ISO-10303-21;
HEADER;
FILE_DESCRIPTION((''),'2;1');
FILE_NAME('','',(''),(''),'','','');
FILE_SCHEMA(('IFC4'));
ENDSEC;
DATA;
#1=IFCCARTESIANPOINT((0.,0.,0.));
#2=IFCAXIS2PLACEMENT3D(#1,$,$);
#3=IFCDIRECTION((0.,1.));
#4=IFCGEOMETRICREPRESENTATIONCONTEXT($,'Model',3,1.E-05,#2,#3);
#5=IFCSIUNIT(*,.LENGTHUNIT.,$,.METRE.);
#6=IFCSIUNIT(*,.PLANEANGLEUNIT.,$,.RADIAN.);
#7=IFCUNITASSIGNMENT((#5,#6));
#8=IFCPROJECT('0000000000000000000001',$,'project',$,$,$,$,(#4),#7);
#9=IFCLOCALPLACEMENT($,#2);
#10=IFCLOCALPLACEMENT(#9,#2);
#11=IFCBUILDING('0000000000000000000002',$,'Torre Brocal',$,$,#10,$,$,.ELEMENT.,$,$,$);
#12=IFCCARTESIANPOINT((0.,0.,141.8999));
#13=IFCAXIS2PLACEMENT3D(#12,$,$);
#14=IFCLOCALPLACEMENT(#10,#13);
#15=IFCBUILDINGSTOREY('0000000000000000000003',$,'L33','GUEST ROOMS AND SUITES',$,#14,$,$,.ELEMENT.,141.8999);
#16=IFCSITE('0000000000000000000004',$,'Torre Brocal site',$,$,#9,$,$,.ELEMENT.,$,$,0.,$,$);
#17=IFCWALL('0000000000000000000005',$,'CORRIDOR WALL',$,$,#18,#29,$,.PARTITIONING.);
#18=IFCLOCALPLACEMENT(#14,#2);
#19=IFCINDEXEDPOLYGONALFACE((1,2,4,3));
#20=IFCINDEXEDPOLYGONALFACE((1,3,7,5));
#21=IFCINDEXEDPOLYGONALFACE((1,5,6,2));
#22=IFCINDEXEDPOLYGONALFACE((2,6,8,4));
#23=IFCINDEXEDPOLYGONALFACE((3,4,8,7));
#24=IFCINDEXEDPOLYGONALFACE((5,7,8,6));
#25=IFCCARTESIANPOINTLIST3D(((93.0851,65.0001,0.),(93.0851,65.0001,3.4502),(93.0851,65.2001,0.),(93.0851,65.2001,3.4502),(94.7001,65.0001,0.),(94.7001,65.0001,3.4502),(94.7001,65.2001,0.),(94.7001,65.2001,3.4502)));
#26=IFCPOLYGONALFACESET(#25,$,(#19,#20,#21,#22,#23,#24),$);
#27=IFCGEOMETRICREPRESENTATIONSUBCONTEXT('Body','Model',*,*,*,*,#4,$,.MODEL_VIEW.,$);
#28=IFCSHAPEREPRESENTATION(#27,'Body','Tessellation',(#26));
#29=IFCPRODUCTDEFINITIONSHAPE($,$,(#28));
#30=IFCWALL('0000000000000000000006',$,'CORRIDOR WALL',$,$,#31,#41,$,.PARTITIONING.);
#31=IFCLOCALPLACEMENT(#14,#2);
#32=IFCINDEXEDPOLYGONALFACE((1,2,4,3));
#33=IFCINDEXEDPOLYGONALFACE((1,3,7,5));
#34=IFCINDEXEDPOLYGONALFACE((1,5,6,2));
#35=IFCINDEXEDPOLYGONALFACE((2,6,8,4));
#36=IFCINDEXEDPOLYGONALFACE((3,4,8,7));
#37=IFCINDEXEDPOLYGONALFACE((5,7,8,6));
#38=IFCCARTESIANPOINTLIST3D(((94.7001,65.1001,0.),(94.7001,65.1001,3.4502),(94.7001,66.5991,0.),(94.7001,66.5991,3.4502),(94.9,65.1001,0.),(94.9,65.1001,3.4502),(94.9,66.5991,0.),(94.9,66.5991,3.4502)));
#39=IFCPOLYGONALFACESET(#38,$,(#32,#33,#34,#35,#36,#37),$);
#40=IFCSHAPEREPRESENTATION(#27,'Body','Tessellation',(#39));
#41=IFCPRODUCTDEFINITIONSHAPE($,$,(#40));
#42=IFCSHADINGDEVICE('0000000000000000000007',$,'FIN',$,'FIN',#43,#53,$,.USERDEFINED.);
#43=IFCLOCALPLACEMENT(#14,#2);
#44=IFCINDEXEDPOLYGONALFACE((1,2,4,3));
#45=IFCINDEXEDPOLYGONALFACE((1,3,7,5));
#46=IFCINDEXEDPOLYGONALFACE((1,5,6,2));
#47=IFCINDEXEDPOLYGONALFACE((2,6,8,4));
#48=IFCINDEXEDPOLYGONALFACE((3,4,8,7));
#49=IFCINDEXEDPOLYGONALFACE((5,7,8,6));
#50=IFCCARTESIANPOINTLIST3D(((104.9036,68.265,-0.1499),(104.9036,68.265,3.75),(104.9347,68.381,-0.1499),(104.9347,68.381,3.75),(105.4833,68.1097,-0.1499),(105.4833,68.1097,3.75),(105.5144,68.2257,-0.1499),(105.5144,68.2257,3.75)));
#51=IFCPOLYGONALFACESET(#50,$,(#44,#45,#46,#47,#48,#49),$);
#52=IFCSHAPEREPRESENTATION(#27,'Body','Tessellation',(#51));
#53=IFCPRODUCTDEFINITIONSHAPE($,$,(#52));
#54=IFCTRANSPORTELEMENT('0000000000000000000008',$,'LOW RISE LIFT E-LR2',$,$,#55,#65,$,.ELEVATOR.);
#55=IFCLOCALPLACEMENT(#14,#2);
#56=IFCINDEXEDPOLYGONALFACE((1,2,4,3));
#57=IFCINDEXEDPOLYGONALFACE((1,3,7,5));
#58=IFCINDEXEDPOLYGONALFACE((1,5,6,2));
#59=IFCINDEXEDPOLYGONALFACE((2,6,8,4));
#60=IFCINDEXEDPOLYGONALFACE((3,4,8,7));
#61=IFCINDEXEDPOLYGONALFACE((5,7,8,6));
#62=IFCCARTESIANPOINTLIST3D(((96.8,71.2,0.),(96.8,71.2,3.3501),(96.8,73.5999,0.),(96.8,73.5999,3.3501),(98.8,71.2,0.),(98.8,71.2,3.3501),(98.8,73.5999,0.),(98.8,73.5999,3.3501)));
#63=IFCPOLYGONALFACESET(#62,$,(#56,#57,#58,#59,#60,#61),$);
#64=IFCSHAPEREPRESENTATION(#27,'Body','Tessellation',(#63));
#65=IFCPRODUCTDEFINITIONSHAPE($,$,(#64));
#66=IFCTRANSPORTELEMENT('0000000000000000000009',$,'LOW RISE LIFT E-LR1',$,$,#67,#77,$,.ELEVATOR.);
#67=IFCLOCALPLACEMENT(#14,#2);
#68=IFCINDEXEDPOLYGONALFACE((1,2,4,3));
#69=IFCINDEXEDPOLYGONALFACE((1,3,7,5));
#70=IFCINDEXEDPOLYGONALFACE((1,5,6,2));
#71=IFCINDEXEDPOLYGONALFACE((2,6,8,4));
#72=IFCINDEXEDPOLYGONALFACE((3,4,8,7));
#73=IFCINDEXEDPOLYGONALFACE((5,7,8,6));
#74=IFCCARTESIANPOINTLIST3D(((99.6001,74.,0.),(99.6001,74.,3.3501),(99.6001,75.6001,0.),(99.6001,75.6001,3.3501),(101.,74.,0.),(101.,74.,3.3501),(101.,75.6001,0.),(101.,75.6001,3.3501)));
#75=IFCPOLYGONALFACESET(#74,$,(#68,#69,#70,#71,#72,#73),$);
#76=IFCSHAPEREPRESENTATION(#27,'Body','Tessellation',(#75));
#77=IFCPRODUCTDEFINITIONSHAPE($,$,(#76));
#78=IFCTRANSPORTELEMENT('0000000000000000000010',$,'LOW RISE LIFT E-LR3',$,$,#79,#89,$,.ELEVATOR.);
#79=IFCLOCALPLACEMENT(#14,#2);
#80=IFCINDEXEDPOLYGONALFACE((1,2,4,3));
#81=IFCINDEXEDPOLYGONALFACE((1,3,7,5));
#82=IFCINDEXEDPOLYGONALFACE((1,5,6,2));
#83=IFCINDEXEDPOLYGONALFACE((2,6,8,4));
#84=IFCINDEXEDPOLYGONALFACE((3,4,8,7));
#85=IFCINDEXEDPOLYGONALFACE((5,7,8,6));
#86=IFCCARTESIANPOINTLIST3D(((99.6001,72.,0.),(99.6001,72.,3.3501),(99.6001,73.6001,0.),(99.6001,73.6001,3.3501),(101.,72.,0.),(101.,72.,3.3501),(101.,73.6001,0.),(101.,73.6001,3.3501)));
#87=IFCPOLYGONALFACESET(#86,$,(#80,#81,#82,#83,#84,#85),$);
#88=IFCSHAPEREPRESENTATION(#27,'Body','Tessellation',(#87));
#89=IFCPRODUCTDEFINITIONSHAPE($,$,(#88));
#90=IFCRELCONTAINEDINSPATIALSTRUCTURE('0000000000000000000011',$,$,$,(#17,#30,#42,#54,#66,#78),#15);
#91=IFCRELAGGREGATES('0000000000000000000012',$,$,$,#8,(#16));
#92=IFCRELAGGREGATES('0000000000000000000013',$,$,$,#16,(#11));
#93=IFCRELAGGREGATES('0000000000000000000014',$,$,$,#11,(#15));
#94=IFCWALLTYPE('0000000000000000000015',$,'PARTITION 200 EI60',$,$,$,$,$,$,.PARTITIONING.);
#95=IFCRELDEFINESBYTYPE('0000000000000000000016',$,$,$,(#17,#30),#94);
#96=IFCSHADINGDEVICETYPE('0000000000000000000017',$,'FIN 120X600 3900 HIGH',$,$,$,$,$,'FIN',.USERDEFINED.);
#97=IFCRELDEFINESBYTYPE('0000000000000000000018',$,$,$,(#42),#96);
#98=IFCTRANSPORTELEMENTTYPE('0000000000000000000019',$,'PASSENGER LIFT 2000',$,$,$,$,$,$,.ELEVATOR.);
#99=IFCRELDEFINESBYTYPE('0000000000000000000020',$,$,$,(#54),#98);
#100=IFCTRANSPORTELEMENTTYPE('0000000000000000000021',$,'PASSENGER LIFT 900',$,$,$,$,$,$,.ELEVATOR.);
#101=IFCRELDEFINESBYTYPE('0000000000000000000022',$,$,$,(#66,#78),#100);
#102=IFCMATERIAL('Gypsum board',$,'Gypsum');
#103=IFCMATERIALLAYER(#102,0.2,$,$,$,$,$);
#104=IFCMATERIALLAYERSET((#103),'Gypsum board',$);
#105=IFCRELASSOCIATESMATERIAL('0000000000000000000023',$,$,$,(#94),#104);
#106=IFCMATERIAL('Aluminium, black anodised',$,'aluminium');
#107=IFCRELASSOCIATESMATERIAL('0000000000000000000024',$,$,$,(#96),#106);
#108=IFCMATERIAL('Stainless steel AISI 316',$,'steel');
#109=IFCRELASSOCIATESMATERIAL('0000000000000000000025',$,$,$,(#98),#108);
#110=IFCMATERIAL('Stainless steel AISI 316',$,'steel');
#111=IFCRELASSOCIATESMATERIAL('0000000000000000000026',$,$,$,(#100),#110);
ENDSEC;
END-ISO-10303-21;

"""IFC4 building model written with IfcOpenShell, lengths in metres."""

from ifc_helpers import new_model, si_unit, direction, frame, frame_2d, origin, origin_2d, place, context, subcontext, project, spatial, rectangle, extrude, material, layer, layer_set, material_profile, profile_set, type_object, element, save


model = new_model("IFC4")

# Units and contexts
model_context = context("Model", 3, precision=1e-05, world=origin(), true_north=direction((0.0, 1.0)))
body_context = subcontext(model_context, "Body", "Model", "MODEL_VIEW")
ifc_project = project(units=[si_unit("LENGTHUNIT", "METRE"), si_unit("PLANEANGLEUNIT", "RADIAN")], contexts=[model_context])

# Site, building, storey
site_placement = place(None, origin())
site = spatial("IfcSite", under=ifc_project, at=site_placement, Name="Torre Brocal site", CompositionType="ELEMENT", RefElevation=0.0)
building_placement = place(site_placement, origin())
building = spatial("IfcBuilding", under=site, at=building_placement, Name="Torre Brocal", CompositionType="ELEMENT")
storey_placement = place(building_placement, frame((0.0, 0.0, 141.8999)))
storey = spatial("IfcBuildingStorey", under=building, at=storey_placement, Name="L33", Description="GUEST ROOMS AND SUITES", CompositionType="ELEMENT", Elevation=141.8999)

# Walls
ifc_material_1 = material(Name="Gypsum board", Category="Gypsum")
ifc_layer_1 = layer(ifc_material_1, 0.2)
ifc_layer_set_1 = layer_set([ifc_layer_1], Name="Gypsum board")
wall_type_1 = type_object("IfcWallType", Name="PARTITION 200 EI60", PredefinedType="PARTITIONING", material=ifc_layer_set_1)
wall_1_placement = place(storey_placement, frame((93.085, 65.1001, 0.0), z_axis=(0.0, 0.0, 1.0), x_axis=(1.0, 0.0, 0.0)))
element("IfcWall", 1, at=wall_1_placement, inside=storey, type_object=wall_type_1, Name="CORRIDOR WALL", PredefinedType="PARTITIONING", context=body_context, shape_type="SweptSolid", body=[
    extrude(rectangle(XDim=1.615, YDim=0.2, at=frame_2d((0.8076, 0.0))), origin(), (0.0, 0.0, 1.0), 3.4502),
])
wall_2_placement = place(storey_placement, frame((94.8, 65.1001, 0.0), z_axis=(0.0, 0.0, 1.0), x_axis=(0.0, 1.0, 0.0)))
element("IfcWall", 2, at=wall_2_placement, inside=storey, type_object=wall_type_1, Name="CORRIDOR WALL", PredefinedType="PARTITIONING", context=body_context, shape_type="SweptSolid", body=[
    extrude(rectangle(XDim=1.499, YDim=0.2, at=frame_2d((0.7495, 0.0))), origin(), (0.0, 0.0, 1.0), 3.4502),
])

# Shading device
ifc_material_2 = material(Name="Aluminium, black anodised", Category="aluminium")
ifc_material_profile_1 = material_profile(ifc_material_2, rectangle(XDim=0.1201, YDim=0.6001, at=origin_2d()), Name="FIN 120X600 3900 HIGH")
ifc_profile_set_1 = profile_set([ifc_material_profile_1], Name="Aluminium, black anodised")
shading_device_type = type_object("IfcShadingDeviceType", Name="FIN 120X600 3900 HIGH", ElementType="FIN", PredefinedType="USERDEFINED", material=ifc_profile_set_1)
shading_device_placement = place(storey_placement, frame((105.209, 68.2454, -0.1499), z_axis=(0.0, 0.0, 1.0), x_axis=(0.258819, 0.965926, 0.0)))
element("IfcShadingDevice", 3, at=shading_device_placement, inside=storey, type_object=shading_device_type, Name="FIN", ObjectType="FIN", PredefinedType="USERDEFINED", context=body_context, shape_type="SweptSolid", body=[
    extrude(rectangle(XDim=0.1201, YDim=0.6001, at=origin_2d()), origin(), (0.0, 0.0, 1.0), 3.8999),
])

# Transport elements
ifc_material_3 = material(Name="Stainless steel AISI 316", Category="steel")
transport_element_type_1 = type_object("IfcTransportElementType", Name="PASSENGER LIFT 2000", PredefinedType="ELEVATOR", material=ifc_material_3)
transport_element_placement = place(storey_placement, frame((97.8, 72.3999, 0.0), z_axis=(0.0, 0.0, 1.0), x_axis=(1.0, 0.0, 0.0)))
element("IfcTransportElement", 4, at=transport_element_placement, inside=storey, type_object=transport_element_type_1, Name="LOW RISE LIFT E-LR2", PredefinedType="ELEVATOR", context=body_context, shape_type="SweptSolid", body=[
    extrude(rectangle(XDim=2.0, YDim=2.3999, at=origin_2d()), origin(), (0.0, 0.0, 1.0), 3.3501),
])
ifc_material_4 = material(Name="Stainless steel AISI 316", Category="steel")
transport_element_type_2 = type_object("IfcTransportElementType", Name="PASSENGER LIFT 900", PredefinedType="ELEVATOR", material=ifc_material_4)
for number, where, z_axis, x_axis, name in (
    (5, (100.3, 74.8, 0.0), (0.0, 0.0, 1.0), (1.0, 0.0, 0.0), "LOW RISE LIFT E-LR1"),
    (6, (100.3, 72.8, 0.0), (0.0, 0.0, 1.0), (1.0, 0.0, 0.0), "LOW RISE LIFT E-LR3"),
):
    element("IfcTransportElement", number, at=place(storey_placement, frame(where, z_axis=z_axis, x_axis=x_axis)), inside=storey, type_object=transport_element_type_2, Name=name, PredefinedType="ELEVATOR", context=body_context, shape_type="SweptSolid", body=[
        extrude(rectangle(XDim=1.3999, YDim=1.6001, at=origin_2d()), origin(), (0.0, 0.0, 1.0), 3.3501),
    ])

save(model, "model.ifc")
